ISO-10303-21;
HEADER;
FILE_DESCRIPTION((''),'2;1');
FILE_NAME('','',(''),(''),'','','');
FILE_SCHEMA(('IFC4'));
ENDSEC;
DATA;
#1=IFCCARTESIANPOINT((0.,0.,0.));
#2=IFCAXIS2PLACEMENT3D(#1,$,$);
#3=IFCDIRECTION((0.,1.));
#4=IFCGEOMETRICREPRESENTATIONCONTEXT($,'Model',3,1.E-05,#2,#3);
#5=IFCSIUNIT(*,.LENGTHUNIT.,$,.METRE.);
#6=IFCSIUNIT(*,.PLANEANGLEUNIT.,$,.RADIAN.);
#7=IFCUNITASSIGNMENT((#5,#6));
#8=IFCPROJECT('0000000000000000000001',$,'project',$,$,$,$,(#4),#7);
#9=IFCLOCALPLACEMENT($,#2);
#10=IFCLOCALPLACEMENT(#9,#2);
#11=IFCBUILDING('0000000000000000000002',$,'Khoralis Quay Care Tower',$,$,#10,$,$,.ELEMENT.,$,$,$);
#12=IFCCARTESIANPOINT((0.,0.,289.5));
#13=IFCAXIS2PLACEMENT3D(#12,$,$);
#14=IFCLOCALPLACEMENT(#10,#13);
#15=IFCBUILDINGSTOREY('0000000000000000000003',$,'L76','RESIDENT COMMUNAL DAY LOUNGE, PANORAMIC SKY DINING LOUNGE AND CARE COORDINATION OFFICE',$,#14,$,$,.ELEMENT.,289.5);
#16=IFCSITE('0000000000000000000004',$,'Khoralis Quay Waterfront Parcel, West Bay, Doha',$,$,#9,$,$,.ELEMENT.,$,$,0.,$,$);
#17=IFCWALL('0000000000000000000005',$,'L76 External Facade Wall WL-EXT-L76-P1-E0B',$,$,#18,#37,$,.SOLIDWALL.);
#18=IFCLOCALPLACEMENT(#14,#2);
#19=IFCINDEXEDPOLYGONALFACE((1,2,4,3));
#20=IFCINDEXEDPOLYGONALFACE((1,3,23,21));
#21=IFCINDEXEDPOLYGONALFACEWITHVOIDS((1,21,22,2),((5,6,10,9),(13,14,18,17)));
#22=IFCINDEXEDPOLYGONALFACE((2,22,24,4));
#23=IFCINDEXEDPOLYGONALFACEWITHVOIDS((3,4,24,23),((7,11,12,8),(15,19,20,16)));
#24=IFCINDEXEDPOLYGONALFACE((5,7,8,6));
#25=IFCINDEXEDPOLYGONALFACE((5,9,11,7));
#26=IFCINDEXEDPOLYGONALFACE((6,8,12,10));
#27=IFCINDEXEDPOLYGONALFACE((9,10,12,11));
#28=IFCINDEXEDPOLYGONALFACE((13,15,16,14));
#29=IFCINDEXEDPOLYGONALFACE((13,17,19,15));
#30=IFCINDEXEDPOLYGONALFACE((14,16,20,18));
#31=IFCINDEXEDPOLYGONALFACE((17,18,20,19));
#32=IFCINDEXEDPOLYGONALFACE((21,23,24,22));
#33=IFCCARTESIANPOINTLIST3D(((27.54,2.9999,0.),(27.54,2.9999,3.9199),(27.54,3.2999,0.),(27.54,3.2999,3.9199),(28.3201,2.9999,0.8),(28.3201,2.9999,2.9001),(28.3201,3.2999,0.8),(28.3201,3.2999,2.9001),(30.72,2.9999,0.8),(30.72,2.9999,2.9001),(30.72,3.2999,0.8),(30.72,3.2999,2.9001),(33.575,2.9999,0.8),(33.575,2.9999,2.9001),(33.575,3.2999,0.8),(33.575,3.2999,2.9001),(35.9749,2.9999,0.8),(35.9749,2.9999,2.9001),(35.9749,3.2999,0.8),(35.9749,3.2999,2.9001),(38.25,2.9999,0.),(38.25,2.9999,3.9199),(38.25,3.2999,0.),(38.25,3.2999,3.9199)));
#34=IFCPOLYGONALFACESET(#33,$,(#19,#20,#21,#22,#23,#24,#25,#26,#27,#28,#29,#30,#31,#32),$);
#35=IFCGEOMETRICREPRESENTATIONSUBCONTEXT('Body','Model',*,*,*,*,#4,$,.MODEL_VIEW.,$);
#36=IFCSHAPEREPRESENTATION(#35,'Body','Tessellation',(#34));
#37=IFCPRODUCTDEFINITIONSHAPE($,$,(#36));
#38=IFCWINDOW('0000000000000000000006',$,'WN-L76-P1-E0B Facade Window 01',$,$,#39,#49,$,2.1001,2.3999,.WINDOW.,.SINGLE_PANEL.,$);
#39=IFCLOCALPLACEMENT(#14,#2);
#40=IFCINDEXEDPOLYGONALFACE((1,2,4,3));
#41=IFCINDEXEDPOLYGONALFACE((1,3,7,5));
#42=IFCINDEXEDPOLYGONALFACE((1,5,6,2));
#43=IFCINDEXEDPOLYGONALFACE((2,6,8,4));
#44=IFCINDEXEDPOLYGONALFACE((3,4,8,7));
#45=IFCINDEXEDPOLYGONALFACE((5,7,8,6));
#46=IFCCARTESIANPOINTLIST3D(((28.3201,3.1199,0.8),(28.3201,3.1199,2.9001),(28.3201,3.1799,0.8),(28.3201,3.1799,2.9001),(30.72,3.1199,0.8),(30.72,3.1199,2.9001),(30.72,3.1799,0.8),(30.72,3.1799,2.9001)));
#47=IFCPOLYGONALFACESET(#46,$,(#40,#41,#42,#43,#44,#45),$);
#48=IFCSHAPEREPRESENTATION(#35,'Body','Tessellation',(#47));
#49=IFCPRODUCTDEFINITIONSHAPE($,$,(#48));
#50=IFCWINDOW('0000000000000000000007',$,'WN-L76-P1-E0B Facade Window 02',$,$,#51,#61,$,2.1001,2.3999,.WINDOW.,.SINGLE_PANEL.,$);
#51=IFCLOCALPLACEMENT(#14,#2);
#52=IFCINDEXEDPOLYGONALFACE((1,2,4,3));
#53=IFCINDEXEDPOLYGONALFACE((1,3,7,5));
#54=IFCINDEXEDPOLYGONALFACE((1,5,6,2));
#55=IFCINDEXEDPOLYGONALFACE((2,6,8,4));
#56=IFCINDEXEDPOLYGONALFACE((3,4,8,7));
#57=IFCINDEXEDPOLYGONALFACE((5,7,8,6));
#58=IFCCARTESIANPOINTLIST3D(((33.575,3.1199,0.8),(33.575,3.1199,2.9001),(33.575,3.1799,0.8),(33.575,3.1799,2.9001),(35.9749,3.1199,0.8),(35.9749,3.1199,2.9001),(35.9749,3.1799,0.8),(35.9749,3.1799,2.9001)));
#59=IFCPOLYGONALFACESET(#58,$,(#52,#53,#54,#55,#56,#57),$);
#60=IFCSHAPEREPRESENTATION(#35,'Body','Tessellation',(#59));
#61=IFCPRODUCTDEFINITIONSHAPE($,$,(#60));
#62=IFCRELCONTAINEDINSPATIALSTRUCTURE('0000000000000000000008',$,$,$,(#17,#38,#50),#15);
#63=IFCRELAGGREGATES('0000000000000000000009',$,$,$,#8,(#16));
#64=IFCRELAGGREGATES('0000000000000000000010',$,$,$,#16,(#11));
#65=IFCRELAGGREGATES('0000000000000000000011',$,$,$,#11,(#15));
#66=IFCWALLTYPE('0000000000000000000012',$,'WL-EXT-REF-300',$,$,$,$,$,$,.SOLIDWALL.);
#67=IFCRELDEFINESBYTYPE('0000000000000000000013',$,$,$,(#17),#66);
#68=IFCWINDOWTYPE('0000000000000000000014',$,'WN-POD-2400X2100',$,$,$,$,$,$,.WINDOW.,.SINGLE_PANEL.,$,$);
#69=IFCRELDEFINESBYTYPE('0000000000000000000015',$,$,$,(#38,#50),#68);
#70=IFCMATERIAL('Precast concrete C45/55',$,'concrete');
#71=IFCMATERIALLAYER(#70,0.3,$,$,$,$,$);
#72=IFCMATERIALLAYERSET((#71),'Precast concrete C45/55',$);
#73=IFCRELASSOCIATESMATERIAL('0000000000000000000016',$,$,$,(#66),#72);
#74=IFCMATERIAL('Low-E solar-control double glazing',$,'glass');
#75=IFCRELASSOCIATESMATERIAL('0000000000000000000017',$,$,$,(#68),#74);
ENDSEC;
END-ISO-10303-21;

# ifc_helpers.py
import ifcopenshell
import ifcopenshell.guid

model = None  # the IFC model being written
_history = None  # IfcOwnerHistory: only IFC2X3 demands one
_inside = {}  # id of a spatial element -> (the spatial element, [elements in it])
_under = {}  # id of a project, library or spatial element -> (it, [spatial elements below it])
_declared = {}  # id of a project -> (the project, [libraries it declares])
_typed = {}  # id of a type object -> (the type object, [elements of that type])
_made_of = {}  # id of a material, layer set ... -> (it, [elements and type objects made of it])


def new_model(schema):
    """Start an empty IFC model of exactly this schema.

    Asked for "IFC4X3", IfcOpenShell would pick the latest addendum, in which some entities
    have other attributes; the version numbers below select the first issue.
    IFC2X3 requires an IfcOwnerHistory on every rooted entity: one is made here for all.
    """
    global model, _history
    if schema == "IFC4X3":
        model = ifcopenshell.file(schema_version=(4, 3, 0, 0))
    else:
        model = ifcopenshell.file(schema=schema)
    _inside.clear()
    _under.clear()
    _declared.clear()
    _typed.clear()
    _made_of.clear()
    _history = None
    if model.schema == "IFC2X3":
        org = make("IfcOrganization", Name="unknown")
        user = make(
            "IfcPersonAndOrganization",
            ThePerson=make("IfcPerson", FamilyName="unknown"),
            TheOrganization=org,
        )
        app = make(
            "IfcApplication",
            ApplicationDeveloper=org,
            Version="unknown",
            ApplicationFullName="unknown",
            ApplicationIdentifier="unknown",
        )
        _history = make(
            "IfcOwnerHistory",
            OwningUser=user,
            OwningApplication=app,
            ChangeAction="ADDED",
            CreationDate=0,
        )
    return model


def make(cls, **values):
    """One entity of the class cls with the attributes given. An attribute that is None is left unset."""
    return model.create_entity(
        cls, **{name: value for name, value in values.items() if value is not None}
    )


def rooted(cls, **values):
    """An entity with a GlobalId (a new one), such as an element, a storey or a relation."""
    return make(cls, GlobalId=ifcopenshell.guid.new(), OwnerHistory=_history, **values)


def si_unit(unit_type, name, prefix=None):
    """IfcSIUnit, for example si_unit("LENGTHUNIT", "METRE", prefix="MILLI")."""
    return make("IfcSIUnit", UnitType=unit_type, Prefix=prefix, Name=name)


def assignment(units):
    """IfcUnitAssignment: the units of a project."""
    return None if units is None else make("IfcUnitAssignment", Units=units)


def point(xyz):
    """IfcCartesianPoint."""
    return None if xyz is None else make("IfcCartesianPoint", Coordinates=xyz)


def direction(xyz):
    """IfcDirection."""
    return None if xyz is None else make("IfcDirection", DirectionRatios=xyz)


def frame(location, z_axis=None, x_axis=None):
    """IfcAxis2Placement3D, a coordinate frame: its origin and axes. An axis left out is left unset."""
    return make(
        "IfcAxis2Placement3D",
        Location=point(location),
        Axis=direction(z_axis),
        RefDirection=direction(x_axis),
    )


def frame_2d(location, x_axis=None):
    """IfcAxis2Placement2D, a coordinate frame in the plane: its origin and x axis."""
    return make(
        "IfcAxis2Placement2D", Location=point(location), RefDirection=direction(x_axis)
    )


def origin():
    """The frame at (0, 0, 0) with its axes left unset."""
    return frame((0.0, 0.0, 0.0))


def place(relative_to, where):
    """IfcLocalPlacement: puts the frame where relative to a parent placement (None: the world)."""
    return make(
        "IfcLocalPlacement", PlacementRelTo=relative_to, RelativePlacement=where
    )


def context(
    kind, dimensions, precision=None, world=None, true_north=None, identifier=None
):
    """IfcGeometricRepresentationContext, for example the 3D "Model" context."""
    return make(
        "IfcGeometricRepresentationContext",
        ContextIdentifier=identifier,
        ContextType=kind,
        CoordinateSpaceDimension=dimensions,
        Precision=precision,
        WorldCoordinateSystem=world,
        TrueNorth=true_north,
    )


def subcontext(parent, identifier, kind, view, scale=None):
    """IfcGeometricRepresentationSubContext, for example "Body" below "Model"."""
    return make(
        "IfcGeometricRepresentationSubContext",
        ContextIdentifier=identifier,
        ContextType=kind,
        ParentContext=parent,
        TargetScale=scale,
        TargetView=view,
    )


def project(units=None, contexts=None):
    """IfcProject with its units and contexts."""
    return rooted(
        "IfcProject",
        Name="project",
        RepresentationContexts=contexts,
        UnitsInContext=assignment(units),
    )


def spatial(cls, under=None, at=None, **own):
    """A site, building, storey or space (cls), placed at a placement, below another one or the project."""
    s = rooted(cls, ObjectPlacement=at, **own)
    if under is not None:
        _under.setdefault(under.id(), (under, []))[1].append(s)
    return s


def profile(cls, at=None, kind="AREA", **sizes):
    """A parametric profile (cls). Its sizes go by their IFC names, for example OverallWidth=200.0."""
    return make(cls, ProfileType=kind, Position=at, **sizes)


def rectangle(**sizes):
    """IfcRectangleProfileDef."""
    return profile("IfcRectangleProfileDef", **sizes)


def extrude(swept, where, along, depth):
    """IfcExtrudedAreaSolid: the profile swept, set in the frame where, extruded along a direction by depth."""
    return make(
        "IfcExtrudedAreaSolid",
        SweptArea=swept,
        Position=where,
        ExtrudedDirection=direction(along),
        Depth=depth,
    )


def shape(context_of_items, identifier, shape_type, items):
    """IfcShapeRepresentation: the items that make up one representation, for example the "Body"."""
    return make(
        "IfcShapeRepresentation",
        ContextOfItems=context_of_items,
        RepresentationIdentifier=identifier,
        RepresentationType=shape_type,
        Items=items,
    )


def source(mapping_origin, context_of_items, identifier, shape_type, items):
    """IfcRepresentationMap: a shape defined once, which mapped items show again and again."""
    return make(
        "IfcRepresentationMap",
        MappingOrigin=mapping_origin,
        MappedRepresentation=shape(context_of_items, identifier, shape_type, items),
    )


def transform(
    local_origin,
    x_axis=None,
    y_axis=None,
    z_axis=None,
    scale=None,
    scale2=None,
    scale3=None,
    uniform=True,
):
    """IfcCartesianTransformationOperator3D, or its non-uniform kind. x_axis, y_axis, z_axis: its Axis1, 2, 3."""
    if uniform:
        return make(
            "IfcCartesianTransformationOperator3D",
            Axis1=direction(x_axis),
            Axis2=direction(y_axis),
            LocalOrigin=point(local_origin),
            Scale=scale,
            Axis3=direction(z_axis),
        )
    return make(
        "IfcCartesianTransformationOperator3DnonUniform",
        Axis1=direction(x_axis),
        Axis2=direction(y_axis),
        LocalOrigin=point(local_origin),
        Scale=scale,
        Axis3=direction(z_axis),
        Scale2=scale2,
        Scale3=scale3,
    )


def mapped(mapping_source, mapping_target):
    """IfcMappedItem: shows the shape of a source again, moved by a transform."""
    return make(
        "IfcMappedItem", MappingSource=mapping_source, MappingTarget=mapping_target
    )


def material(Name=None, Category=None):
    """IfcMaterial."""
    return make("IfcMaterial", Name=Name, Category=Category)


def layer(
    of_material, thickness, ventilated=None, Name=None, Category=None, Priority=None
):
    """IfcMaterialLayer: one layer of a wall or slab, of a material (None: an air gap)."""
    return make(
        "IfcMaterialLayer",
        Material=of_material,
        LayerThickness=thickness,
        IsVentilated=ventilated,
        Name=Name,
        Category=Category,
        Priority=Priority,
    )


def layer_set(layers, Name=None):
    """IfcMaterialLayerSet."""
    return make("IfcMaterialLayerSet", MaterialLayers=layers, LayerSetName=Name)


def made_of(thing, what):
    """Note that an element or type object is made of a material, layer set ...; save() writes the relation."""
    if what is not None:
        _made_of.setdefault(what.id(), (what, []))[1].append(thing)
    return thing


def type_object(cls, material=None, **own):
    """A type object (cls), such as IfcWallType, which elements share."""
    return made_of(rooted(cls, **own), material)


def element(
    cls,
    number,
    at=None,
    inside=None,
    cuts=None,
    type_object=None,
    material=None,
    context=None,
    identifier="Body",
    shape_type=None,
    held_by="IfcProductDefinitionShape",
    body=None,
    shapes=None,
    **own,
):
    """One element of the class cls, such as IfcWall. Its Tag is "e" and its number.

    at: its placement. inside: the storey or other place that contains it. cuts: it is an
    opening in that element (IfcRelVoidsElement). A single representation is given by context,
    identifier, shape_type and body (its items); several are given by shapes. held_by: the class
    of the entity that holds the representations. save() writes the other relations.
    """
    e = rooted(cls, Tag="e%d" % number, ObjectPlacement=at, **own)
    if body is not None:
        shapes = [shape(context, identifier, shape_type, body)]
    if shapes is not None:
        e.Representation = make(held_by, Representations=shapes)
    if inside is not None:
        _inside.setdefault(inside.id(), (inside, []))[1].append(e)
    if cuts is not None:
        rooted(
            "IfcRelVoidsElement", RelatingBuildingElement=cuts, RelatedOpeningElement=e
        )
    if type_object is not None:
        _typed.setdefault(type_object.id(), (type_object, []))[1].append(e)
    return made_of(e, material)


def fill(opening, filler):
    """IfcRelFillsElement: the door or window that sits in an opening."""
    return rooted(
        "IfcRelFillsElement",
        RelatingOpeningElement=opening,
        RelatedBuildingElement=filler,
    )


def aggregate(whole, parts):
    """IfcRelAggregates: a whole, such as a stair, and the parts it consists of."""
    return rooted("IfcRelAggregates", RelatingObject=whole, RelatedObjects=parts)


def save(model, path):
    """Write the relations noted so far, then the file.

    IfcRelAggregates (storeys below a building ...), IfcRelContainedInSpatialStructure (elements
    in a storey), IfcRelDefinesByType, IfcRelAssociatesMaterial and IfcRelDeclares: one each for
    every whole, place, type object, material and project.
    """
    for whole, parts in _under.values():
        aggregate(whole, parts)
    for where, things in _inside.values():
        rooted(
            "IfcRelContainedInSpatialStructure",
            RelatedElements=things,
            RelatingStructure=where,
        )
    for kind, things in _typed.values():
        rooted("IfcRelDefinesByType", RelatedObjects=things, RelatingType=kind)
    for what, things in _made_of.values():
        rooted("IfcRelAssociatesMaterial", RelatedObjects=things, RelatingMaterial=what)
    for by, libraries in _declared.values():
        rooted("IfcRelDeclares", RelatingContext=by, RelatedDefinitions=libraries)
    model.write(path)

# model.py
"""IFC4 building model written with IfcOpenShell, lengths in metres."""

from ifc_helpers import new_model, si_unit, direction, frame, frame_2d, origin, place, context, subcontext, project, spatial, rectangle, extrude, source, transform, mapped, material, layer, layer_set, type_object, element, fill, save


model = new_model("IFC4")

# Units and contexts
model_context = context("Model", 3, precision=1e-05, world=origin(), true_north=direction((0.0, 1.0)))
body_context = subcontext(model_context, "Body", "Model", "MODEL_VIEW")
ifc_project = project(units=[si_unit("LENGTHUNIT", "METRE"), si_unit("PLANEANGLEUNIT", "RADIAN")], contexts=[model_context])

# Site, building, storey
site_placement = place(None, origin())
site = spatial("IfcSite", under=ifc_project, at=site_placement, Name="Khoralis Quay Waterfront Parcel, West Bay, Doha", CompositionType="ELEMENT", RefElevation=0.0)
building_placement = place(site_placement, origin())
building = spatial("IfcBuilding", under=site, at=building_placement, Name="Khoralis Quay Care Tower", CompositionType="ELEMENT")
storey_placement = place(building_placement, frame((0.0, 0.0, 289.5)))
storey = spatial("IfcBuildingStorey", under=building, at=storey_placement, Name="L76", Description="RESIDENT COMMUNAL DAY LOUNGE, PANORAMIC SKY DINING LOUNGE AND CARE COORDINATION OFFICE", CompositionType="ELEMENT", Elevation=289.5)

# Shared definitions
ifc_material_1 = material(Name="Low-E solar-control double glazing", Category="glass")

# Wall, openings, windows
ifc_material_2 = material(Name="Precast concrete C45/55", Category="concrete")
ifc_layer_1 = layer(ifc_material_2, 0.3)
ifc_layer_set_1 = layer_set([ifc_layer_1], Name="Precast concrete C45/55")
wall_type_1 = type_object("IfcWallType", Name="WL-EXT-REF-300", PredefinedType="SOLIDWALL", material=ifc_layer_set_1)
wall_1_placement = place(storey_placement, frame((27.54, 3.1499, 0.0), z_axis=(0.0, 0.0, 1.0), x_axis=(1.0, 0.0, 0.0)))
wall_1 = element("IfcWall", 1, at=wall_1_placement, inside=storey, type_object=wall_type_1, Name="L76 External Facade Wall WL-EXT-L76-P1-E0B", PredefinedType="SOLIDWALL", context=body_context, shape_type="SweptSolid", body=[
    extrude(rectangle(XDim=10.71, YDim=0.3, at=frame_2d((5.355, 0.0))), origin(), (0.0, 0.0, 1.0), 3.9199),
])
opening_1_placement = place(wall_1_placement, frame((0.78, 0.0, 0.8)))
opening_1 = element("IfcOpeningElement", 2, at=opening_1_placement, cuts=wall_1, PredefinedType="OPENING", context=body_context, shape_type="SweptSolid", body=[
    extrude(rectangle(XDim=2.3999, YDim=2.1001, at=frame_2d((1.2, 1.05))), frame((0.0, 0.1602, 0.0), z_axis=(0.0, -1.0, 0.0), x_axis=(1.0, 0.0, 0.0)), (0.0, 0.0, 1.0), 0.3201),
])
opening_2_placement = place(wall_1_placement, frame((6.0349, 0.0, 0.8)))
opening_2 = element("IfcOpeningElement", 3, at=opening_2_placement, cuts=wall_1, PredefinedType="OPENING", context=body_context, shape_type="SweptSolid", body=[
    extrude(rectangle(XDim=2.3999, YDim=2.1001, at=frame_2d((1.2, 1.05))), frame((0.0, 0.1602, 0.0), z_axis=(0.0, -1.0, 0.0), x_axis=(1.0, 0.0, 0.0)), (0.0, 0.0, 1.0), 0.3201),
])
window_type = type_object("IfcWindowType", Name="WN-POD-2400X2100", PartitioningType="SINGLE_PANEL", PredefinedType="WINDOW", material=ifc_material_1)
shared_shape_1 = source(origin(), body_context, "Body", "SweptSolid", [
    extrude(rectangle(XDim=2.3999, YDim=2.1001, at=frame_2d((1.2, 1.05))), frame((0.0, 0.03, 0.0), z_axis=(0.0, -1.0, 0.0), x_axis=(1.0, 0.0, 0.0)), (0.0, 0.0, 1.0), 0.0601),
])
window_1_placement = place(opening_1_placement, origin())
window_1 = element("IfcWindow", 4, at=window_1_placement, inside=storey, type_object=window_type, Name="WN-L76-P1-E0B Facade Window 01", OverallHeight=2.1001, OverallWidth=2.3999, PartitioningType="SINGLE_PANEL", PredefinedType="WINDOW", context=body_context, shape_type="MappedRepresentation", body=[
    mapped(shared_shape_1, transform((0.0, 0.0, 0.0), scale=1.0)),
])
fill(opening_1, window_1)
window_2_placement = place(opening_2_placement, origin())
window_2 = element("IfcWindow", 5, at=window_2_placement, inside=storey, type_object=window_type, Name="WN-L76-P1-E0B Facade Window 02", OverallHeight=2.1001, OverallWidth=2.3999, PartitioningType="SINGLE_PANEL", PredefinedType="WINDOW", context=body_context, shape_type="MappedRepresentation", body=[
    mapped(shared_shape_1, transform((0.0, 0.0, 0.0), scale=1.0)),
])
fill(opening_2, window_2)

save(model, "model.ifc")
